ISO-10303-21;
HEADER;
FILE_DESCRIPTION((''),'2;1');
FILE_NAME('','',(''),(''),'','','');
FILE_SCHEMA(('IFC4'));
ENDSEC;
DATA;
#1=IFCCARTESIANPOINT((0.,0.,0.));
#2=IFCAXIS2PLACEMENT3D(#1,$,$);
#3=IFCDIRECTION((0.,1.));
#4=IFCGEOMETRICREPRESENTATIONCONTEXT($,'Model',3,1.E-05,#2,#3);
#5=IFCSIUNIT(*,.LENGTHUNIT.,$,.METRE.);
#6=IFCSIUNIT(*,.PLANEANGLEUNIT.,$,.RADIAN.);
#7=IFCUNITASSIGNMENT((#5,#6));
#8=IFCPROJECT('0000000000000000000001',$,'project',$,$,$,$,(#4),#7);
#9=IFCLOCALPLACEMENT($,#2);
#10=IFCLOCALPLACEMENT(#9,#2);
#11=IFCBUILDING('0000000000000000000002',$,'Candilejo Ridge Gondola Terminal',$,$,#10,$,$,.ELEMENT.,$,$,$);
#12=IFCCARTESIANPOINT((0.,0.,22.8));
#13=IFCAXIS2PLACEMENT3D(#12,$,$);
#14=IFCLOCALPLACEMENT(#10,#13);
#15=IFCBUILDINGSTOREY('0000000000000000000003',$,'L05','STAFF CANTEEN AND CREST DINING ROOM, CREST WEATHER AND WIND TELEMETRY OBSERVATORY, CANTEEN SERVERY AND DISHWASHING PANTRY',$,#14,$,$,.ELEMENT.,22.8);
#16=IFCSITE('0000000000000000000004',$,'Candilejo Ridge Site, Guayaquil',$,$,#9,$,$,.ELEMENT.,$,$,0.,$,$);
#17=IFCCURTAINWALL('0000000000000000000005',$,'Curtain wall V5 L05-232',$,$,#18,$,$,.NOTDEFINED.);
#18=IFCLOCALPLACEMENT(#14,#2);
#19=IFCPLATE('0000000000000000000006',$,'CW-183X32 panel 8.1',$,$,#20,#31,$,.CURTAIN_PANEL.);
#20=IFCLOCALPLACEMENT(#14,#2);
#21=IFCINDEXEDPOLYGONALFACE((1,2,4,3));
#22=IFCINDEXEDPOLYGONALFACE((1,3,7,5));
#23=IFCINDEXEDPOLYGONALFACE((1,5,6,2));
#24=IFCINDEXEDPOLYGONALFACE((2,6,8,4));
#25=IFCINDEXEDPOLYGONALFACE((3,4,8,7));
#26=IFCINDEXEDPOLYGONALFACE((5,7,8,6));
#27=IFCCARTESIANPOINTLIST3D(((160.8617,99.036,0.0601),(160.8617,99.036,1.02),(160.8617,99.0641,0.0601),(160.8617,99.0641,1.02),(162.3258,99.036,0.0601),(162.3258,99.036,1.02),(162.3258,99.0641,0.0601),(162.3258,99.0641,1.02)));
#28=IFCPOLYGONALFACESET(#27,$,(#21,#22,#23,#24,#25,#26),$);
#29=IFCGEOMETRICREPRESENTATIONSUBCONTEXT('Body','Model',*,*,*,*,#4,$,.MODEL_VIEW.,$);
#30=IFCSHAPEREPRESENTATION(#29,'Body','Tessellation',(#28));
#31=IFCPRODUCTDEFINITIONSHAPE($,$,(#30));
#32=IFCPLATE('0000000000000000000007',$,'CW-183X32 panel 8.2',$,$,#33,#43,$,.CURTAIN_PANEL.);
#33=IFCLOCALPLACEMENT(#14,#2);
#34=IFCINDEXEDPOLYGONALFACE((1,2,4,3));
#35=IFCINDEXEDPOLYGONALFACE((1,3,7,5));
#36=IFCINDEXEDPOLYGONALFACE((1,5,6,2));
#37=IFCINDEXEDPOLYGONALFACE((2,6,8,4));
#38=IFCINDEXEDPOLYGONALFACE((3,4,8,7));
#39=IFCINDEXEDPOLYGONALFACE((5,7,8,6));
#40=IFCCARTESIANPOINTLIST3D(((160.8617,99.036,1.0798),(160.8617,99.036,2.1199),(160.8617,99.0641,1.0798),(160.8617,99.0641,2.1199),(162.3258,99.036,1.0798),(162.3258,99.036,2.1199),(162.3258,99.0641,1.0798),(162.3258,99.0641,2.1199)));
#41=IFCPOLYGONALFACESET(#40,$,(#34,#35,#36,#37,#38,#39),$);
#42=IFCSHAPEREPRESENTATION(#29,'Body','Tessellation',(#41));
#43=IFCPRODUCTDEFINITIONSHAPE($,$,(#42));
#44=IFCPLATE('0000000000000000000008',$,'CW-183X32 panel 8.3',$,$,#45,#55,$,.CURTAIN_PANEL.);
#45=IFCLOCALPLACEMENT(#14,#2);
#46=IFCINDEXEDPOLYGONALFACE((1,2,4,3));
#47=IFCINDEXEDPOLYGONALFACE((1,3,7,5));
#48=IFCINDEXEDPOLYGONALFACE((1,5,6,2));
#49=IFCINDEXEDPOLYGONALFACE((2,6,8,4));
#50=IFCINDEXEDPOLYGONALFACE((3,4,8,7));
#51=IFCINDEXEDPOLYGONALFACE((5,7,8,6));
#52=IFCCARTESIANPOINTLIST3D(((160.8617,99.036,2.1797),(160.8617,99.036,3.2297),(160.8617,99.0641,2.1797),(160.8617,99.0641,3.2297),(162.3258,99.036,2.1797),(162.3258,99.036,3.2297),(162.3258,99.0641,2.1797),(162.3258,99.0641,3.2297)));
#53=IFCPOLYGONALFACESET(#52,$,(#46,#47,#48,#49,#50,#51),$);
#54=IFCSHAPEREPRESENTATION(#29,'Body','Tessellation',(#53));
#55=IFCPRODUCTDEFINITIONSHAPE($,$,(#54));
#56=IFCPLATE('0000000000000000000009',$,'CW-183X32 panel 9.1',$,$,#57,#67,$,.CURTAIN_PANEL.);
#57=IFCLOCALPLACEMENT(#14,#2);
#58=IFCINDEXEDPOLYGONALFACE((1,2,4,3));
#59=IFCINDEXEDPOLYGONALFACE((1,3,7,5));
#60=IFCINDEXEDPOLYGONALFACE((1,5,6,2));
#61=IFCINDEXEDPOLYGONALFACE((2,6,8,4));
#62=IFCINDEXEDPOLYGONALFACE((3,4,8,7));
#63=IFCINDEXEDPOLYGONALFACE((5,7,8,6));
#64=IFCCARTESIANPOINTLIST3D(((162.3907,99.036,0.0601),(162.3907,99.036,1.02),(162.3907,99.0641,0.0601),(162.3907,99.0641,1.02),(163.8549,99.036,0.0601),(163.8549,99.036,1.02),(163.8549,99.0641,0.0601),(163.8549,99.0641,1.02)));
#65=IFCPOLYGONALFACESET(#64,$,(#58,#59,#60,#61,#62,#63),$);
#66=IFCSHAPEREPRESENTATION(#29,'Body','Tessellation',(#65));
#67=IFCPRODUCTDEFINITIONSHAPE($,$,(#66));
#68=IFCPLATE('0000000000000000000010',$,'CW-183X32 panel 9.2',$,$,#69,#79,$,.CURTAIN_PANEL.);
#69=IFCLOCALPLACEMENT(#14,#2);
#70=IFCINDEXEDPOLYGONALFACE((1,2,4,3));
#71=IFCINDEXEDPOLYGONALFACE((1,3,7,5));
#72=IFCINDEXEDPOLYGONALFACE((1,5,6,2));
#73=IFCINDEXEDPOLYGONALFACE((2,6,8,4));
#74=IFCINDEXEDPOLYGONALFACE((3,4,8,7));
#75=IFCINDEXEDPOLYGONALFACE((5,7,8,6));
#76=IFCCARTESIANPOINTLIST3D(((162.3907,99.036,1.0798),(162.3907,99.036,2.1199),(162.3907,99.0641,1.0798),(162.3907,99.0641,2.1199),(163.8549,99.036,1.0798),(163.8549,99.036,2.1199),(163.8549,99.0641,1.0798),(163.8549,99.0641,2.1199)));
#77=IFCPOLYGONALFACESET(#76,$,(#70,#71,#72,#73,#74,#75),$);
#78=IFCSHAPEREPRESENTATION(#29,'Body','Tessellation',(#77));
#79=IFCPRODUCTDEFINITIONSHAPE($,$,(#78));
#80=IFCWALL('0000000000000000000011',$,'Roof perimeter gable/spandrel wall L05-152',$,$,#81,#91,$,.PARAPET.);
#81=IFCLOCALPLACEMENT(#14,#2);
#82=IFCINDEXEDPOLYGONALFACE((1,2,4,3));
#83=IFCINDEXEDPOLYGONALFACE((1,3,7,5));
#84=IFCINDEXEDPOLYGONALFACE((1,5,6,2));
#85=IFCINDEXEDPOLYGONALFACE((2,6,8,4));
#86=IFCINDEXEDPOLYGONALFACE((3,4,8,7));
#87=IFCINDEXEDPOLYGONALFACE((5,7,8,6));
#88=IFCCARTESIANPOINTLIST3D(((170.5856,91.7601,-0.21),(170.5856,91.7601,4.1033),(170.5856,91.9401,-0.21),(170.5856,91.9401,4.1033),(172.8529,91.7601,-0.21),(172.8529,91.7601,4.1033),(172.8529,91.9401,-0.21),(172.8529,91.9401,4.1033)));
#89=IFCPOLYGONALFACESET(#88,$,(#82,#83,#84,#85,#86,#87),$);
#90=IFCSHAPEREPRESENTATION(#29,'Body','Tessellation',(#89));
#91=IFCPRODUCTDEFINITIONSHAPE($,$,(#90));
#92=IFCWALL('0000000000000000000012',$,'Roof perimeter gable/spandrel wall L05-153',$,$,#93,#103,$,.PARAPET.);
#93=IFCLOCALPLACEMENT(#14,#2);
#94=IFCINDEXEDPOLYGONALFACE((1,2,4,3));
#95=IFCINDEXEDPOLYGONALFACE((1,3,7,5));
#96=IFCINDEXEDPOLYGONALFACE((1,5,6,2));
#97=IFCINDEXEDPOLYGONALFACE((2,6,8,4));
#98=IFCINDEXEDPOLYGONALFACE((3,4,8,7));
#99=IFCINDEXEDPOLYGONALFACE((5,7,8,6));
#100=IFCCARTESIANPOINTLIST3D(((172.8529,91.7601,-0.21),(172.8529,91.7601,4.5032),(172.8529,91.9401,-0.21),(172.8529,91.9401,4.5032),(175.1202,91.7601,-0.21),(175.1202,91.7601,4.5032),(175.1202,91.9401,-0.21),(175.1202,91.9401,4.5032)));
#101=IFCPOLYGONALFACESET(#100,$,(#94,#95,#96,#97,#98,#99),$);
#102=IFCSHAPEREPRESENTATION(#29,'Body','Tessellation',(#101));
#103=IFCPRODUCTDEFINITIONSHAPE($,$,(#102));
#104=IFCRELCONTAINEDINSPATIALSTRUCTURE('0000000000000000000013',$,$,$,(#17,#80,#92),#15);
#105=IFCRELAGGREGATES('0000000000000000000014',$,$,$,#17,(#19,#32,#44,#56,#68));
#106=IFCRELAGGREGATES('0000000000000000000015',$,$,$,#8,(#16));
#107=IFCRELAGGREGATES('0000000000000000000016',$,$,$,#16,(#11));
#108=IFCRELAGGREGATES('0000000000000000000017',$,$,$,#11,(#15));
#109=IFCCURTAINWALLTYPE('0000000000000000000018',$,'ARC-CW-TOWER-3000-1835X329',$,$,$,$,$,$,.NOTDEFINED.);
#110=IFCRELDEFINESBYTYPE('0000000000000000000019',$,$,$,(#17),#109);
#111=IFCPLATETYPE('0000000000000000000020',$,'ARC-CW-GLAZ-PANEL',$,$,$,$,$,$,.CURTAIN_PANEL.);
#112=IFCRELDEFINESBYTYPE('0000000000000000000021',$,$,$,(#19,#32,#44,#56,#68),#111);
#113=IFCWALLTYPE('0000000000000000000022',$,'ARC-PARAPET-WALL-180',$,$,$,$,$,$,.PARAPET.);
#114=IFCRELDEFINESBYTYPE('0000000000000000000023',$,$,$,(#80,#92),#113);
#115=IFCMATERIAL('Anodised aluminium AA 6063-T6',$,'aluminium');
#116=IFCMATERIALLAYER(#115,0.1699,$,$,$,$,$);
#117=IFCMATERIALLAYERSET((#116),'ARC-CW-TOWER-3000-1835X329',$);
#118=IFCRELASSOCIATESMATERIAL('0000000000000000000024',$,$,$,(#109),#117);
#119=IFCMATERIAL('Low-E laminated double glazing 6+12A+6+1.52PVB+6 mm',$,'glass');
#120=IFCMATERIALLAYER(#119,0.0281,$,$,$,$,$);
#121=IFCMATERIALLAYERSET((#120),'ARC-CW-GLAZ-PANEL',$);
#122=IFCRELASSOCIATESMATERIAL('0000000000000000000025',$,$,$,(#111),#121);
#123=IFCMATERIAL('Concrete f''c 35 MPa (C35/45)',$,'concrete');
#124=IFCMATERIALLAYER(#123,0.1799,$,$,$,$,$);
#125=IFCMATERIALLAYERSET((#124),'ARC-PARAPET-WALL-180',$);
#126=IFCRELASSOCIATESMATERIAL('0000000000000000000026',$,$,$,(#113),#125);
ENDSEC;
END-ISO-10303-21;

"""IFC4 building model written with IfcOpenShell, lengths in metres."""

from ifc_helpers import new_model, si_unit, direction, frame, frame_2d, origin, origin_2d, place, context, subcontext, project, spatial, rectangle, extrude, material, layer, layer_set, type_object, element, aggregate, save


model = new_model("IFC4")

# Units and contexts
model_context = context("Model", 3, precision=1e-05, world=origin(), true_north=direction((0.0, 1.0)))
body_context = subcontext(model_context, "Body", "Model", "MODEL_VIEW")
ifc_project = project(units=[si_unit("LENGTHUNIT", "METRE"), si_unit("PLANEANGLEUNIT", "RADIAN")], contexts=[model_context])

# Site, building, storey
site_placement = place(None, origin())
site = spatial("IfcSite", under=ifc_project, at=site_placement, Name="Candilejo Ridge Site, Guayaquil", CompositionType="ELEMENT", RefElevation=0.0)
building_placement = place(site_placement, origin())
building = spatial("IfcBuilding", under=site, at=building_placement, Name="Candilejo Ridge Gondola Terminal", CompositionType="ELEMENT")
storey_placement = place(building_placement, frame((0.0, 0.0, 22.8)))
storey = spatial("IfcBuildingStorey", under=building, at=storey_placement, Name="L05", Description="STAFF CANTEEN AND CREST DINING ROOM, CREST WEATHER AND WIND TELEMETRY OBSERVATORY, CANTEEN SERVERY AND DISHWASHING PANTRY", CompositionType="ELEMENT", Elevation=22.8)

# Curtain wall, plates
ifc_material_1 = material(Name="Anodised aluminium AA 6063-T6", Category="aluminium")
ifc_layer_1 = layer(ifc_material_1, 0.1699)
ifc_layer_set_1 = layer_set([ifc_layer_1], Name="ARC-CW-TOWER-3000-1835X329")
curtain_wall_type = type_object("IfcCurtainWallType", Name="ARC-CW-TOWER-3000-1835X329", PredefinedType="NOTDEFINED", material=ifc_layer_set_1)
curtain_wall_placement = place(storey_placement, origin())
curtain_wall = element("IfcCurtainWall", 1, at=curtain_wall_placement, inside=storey, type_object=curtain_wall_type, Name="Curtain wall V5 L05-232", PredefinedType="NOTDEFINED")
ifc_material_2 = material(Name="Low-E laminated double glazing 6+12A+6+1.52PVB+6 mm", Category="glass")
ifc_layer_2 = layer(ifc_material_2, 0.0281)
ifc_layer_set_2 = layer_set([ifc_layer_2], Name="ARC-CW-GLAZ-PANEL")
plate_type = type_object("IfcPlateType", Name="ARC-CW-GLAZ-PANEL", PredefinedType="CURTAIN_PANEL", material=ifc_layer_set_2)
plate_1_placement = place(storey_placement, frame((161.5938, 99.05, 0.0601), z_axis=(0.0, 0.0, 1.0), x_axis=(1.0, 0.0, 0.0)))
plate_1 = element("IfcPlate", 2, at=plate_1_placement, type_object=plate_type, Name="CW-183X32 panel 8.1", PredefinedType="CURTAIN_PANEL", context=body_context, shape_type="SweptSolid", body=[
    extrude(rectangle(XDim=1.4641, YDim=0.0281, at=origin_2d()), origin(), (0.0, 0.0, 1.0), 0.96),
])
plate_2_placement = place(storey_placement, frame((161.5938, 99.05, 1.0798), z_axis=(0.0, 0.0, 1.0), x_axis=(1.0, 0.0, 0.0)))
plate_2 = element("IfcPlate", 3, at=plate_2_placement, type_object=plate_type, Name="CW-183X32 panel 8.2", PredefinedType="CURTAIN_PANEL", context=body_context, shape_type="SweptSolid", body=[
    extrude(rectangle(XDim=1.4641, YDim=0.0281, at=origin_2d()), origin(), (0.0, 0.0, 1.0), 1.04),
])
plate_3_placement = place(storey_placement, frame((161.5938, 99.05, 2.1797), z_axis=(0.0, 0.0, 1.0), x_axis=(1.0, 0.0, 0.0)))
plate_3 = element("IfcPlate", 4, at=plate_3_placement, type_object=plate_type, Name="CW-183X32 panel 8.3", PredefinedType="CURTAIN_PANEL", context=body_context, shape_type="SweptSolid", body=[
    extrude(rectangle(XDim=1.4641, YDim=0.0281, at=origin_2d()), origin(), (0.0, 0.0, 1.0), 1.05),
])
plate_4_placement = place(storey_placement, frame((163.1228, 99.05, 0.0601), z_axis=(0.0, 0.0, 1.0), x_axis=(1.0, 0.0, 0.0)))
plate_4 = element("IfcPlate", 5, at=plate_4_placement, type_object=plate_type, Name="CW-183X32 panel 9.1", PredefinedType="CURTAIN_PANEL", context=body_context, shape_type="SweptSolid", body=[
    extrude(rectangle(XDim=1.4641, YDim=0.0281, at=origin_2d()), origin(), (0.0, 0.0, 1.0), 0.96),
])
plate_5_placement = place(storey_placement, frame((163.1228, 99.05, 1.0798), z_axis=(0.0, 0.0, 1.0), x_axis=(1.0, 0.0, 0.0)))
plate_5 = element("IfcPlate", 6, at=plate_5_placement, type_object=plate_type, Name="CW-183X32 panel 9.2", PredefinedType="CURTAIN_PANEL", context=body_context, shape_type="SweptSolid", body=[
    extrude(rectangle(XDim=1.4641, YDim=0.0281, at=origin_2d()), origin(), (0.0, 0.0, 1.0), 1.04),
])
aggregate(curtain_wall, [plate_1, plate_2, plate_3, plate_4, plate_5])

# Walls
ifc_material_3 = material(Name="Concrete f'c 35 MPa (C35/45)", Category="concrete")
ifc_layer_3 = layer(ifc_material_3, 0.1799)
ifc_layer_set_3 = layer_set([ifc_layer_3], Name="ARC-PARAPET-WALL-180")
wall_type = type_object("IfcWallType", Name="ARC-PARAPET-WALL-180", PredefinedType="PARAPET", material=ifc_layer_set_3)
wall_1_placement = place(storey_placement, frame((170.5854, 91.8501, -0.21), z_axis=(0.0, 0.0, 1.0), x_axis=(1.0, 0.0, 0.0)))
element("IfcWall", 7, at=wall_1_placement, inside=storey, type_object=wall_type, Name="Roof perimeter gable/spandrel wall L05-152", PredefinedType="PARAPET", context=body_context, shape_type="SweptSolid", body=[
    extrude(rectangle(XDim=2.2673, YDim=0.1799, at=frame_2d((1.1338, 0.0))), origin(), (0.0, 0.0, 1.0), 4.3132),
])
wall_2_placement = place(storey_placement, frame((172.8528, 91.8501, -0.21), z_axis=(0.0, 0.0, 1.0), x_axis=(1.0, 0.0, 0.0)))
element("IfcWall", 8, at=wall_2_placement, inside=storey, type_object=wall_type, Name="Roof perimeter gable/spandrel wall L05-153", PredefinedType="PARAPET", context=body_context, shape_type="SweptSolid", body=[
    extrude(rectangle(XDim=2.2673, YDim=0.1799, at=frame_2d((1.1338, 0.0))), origin(), (0.0, 0.0, 1.0), 4.7131),
])

save(model, "model.ifc")
